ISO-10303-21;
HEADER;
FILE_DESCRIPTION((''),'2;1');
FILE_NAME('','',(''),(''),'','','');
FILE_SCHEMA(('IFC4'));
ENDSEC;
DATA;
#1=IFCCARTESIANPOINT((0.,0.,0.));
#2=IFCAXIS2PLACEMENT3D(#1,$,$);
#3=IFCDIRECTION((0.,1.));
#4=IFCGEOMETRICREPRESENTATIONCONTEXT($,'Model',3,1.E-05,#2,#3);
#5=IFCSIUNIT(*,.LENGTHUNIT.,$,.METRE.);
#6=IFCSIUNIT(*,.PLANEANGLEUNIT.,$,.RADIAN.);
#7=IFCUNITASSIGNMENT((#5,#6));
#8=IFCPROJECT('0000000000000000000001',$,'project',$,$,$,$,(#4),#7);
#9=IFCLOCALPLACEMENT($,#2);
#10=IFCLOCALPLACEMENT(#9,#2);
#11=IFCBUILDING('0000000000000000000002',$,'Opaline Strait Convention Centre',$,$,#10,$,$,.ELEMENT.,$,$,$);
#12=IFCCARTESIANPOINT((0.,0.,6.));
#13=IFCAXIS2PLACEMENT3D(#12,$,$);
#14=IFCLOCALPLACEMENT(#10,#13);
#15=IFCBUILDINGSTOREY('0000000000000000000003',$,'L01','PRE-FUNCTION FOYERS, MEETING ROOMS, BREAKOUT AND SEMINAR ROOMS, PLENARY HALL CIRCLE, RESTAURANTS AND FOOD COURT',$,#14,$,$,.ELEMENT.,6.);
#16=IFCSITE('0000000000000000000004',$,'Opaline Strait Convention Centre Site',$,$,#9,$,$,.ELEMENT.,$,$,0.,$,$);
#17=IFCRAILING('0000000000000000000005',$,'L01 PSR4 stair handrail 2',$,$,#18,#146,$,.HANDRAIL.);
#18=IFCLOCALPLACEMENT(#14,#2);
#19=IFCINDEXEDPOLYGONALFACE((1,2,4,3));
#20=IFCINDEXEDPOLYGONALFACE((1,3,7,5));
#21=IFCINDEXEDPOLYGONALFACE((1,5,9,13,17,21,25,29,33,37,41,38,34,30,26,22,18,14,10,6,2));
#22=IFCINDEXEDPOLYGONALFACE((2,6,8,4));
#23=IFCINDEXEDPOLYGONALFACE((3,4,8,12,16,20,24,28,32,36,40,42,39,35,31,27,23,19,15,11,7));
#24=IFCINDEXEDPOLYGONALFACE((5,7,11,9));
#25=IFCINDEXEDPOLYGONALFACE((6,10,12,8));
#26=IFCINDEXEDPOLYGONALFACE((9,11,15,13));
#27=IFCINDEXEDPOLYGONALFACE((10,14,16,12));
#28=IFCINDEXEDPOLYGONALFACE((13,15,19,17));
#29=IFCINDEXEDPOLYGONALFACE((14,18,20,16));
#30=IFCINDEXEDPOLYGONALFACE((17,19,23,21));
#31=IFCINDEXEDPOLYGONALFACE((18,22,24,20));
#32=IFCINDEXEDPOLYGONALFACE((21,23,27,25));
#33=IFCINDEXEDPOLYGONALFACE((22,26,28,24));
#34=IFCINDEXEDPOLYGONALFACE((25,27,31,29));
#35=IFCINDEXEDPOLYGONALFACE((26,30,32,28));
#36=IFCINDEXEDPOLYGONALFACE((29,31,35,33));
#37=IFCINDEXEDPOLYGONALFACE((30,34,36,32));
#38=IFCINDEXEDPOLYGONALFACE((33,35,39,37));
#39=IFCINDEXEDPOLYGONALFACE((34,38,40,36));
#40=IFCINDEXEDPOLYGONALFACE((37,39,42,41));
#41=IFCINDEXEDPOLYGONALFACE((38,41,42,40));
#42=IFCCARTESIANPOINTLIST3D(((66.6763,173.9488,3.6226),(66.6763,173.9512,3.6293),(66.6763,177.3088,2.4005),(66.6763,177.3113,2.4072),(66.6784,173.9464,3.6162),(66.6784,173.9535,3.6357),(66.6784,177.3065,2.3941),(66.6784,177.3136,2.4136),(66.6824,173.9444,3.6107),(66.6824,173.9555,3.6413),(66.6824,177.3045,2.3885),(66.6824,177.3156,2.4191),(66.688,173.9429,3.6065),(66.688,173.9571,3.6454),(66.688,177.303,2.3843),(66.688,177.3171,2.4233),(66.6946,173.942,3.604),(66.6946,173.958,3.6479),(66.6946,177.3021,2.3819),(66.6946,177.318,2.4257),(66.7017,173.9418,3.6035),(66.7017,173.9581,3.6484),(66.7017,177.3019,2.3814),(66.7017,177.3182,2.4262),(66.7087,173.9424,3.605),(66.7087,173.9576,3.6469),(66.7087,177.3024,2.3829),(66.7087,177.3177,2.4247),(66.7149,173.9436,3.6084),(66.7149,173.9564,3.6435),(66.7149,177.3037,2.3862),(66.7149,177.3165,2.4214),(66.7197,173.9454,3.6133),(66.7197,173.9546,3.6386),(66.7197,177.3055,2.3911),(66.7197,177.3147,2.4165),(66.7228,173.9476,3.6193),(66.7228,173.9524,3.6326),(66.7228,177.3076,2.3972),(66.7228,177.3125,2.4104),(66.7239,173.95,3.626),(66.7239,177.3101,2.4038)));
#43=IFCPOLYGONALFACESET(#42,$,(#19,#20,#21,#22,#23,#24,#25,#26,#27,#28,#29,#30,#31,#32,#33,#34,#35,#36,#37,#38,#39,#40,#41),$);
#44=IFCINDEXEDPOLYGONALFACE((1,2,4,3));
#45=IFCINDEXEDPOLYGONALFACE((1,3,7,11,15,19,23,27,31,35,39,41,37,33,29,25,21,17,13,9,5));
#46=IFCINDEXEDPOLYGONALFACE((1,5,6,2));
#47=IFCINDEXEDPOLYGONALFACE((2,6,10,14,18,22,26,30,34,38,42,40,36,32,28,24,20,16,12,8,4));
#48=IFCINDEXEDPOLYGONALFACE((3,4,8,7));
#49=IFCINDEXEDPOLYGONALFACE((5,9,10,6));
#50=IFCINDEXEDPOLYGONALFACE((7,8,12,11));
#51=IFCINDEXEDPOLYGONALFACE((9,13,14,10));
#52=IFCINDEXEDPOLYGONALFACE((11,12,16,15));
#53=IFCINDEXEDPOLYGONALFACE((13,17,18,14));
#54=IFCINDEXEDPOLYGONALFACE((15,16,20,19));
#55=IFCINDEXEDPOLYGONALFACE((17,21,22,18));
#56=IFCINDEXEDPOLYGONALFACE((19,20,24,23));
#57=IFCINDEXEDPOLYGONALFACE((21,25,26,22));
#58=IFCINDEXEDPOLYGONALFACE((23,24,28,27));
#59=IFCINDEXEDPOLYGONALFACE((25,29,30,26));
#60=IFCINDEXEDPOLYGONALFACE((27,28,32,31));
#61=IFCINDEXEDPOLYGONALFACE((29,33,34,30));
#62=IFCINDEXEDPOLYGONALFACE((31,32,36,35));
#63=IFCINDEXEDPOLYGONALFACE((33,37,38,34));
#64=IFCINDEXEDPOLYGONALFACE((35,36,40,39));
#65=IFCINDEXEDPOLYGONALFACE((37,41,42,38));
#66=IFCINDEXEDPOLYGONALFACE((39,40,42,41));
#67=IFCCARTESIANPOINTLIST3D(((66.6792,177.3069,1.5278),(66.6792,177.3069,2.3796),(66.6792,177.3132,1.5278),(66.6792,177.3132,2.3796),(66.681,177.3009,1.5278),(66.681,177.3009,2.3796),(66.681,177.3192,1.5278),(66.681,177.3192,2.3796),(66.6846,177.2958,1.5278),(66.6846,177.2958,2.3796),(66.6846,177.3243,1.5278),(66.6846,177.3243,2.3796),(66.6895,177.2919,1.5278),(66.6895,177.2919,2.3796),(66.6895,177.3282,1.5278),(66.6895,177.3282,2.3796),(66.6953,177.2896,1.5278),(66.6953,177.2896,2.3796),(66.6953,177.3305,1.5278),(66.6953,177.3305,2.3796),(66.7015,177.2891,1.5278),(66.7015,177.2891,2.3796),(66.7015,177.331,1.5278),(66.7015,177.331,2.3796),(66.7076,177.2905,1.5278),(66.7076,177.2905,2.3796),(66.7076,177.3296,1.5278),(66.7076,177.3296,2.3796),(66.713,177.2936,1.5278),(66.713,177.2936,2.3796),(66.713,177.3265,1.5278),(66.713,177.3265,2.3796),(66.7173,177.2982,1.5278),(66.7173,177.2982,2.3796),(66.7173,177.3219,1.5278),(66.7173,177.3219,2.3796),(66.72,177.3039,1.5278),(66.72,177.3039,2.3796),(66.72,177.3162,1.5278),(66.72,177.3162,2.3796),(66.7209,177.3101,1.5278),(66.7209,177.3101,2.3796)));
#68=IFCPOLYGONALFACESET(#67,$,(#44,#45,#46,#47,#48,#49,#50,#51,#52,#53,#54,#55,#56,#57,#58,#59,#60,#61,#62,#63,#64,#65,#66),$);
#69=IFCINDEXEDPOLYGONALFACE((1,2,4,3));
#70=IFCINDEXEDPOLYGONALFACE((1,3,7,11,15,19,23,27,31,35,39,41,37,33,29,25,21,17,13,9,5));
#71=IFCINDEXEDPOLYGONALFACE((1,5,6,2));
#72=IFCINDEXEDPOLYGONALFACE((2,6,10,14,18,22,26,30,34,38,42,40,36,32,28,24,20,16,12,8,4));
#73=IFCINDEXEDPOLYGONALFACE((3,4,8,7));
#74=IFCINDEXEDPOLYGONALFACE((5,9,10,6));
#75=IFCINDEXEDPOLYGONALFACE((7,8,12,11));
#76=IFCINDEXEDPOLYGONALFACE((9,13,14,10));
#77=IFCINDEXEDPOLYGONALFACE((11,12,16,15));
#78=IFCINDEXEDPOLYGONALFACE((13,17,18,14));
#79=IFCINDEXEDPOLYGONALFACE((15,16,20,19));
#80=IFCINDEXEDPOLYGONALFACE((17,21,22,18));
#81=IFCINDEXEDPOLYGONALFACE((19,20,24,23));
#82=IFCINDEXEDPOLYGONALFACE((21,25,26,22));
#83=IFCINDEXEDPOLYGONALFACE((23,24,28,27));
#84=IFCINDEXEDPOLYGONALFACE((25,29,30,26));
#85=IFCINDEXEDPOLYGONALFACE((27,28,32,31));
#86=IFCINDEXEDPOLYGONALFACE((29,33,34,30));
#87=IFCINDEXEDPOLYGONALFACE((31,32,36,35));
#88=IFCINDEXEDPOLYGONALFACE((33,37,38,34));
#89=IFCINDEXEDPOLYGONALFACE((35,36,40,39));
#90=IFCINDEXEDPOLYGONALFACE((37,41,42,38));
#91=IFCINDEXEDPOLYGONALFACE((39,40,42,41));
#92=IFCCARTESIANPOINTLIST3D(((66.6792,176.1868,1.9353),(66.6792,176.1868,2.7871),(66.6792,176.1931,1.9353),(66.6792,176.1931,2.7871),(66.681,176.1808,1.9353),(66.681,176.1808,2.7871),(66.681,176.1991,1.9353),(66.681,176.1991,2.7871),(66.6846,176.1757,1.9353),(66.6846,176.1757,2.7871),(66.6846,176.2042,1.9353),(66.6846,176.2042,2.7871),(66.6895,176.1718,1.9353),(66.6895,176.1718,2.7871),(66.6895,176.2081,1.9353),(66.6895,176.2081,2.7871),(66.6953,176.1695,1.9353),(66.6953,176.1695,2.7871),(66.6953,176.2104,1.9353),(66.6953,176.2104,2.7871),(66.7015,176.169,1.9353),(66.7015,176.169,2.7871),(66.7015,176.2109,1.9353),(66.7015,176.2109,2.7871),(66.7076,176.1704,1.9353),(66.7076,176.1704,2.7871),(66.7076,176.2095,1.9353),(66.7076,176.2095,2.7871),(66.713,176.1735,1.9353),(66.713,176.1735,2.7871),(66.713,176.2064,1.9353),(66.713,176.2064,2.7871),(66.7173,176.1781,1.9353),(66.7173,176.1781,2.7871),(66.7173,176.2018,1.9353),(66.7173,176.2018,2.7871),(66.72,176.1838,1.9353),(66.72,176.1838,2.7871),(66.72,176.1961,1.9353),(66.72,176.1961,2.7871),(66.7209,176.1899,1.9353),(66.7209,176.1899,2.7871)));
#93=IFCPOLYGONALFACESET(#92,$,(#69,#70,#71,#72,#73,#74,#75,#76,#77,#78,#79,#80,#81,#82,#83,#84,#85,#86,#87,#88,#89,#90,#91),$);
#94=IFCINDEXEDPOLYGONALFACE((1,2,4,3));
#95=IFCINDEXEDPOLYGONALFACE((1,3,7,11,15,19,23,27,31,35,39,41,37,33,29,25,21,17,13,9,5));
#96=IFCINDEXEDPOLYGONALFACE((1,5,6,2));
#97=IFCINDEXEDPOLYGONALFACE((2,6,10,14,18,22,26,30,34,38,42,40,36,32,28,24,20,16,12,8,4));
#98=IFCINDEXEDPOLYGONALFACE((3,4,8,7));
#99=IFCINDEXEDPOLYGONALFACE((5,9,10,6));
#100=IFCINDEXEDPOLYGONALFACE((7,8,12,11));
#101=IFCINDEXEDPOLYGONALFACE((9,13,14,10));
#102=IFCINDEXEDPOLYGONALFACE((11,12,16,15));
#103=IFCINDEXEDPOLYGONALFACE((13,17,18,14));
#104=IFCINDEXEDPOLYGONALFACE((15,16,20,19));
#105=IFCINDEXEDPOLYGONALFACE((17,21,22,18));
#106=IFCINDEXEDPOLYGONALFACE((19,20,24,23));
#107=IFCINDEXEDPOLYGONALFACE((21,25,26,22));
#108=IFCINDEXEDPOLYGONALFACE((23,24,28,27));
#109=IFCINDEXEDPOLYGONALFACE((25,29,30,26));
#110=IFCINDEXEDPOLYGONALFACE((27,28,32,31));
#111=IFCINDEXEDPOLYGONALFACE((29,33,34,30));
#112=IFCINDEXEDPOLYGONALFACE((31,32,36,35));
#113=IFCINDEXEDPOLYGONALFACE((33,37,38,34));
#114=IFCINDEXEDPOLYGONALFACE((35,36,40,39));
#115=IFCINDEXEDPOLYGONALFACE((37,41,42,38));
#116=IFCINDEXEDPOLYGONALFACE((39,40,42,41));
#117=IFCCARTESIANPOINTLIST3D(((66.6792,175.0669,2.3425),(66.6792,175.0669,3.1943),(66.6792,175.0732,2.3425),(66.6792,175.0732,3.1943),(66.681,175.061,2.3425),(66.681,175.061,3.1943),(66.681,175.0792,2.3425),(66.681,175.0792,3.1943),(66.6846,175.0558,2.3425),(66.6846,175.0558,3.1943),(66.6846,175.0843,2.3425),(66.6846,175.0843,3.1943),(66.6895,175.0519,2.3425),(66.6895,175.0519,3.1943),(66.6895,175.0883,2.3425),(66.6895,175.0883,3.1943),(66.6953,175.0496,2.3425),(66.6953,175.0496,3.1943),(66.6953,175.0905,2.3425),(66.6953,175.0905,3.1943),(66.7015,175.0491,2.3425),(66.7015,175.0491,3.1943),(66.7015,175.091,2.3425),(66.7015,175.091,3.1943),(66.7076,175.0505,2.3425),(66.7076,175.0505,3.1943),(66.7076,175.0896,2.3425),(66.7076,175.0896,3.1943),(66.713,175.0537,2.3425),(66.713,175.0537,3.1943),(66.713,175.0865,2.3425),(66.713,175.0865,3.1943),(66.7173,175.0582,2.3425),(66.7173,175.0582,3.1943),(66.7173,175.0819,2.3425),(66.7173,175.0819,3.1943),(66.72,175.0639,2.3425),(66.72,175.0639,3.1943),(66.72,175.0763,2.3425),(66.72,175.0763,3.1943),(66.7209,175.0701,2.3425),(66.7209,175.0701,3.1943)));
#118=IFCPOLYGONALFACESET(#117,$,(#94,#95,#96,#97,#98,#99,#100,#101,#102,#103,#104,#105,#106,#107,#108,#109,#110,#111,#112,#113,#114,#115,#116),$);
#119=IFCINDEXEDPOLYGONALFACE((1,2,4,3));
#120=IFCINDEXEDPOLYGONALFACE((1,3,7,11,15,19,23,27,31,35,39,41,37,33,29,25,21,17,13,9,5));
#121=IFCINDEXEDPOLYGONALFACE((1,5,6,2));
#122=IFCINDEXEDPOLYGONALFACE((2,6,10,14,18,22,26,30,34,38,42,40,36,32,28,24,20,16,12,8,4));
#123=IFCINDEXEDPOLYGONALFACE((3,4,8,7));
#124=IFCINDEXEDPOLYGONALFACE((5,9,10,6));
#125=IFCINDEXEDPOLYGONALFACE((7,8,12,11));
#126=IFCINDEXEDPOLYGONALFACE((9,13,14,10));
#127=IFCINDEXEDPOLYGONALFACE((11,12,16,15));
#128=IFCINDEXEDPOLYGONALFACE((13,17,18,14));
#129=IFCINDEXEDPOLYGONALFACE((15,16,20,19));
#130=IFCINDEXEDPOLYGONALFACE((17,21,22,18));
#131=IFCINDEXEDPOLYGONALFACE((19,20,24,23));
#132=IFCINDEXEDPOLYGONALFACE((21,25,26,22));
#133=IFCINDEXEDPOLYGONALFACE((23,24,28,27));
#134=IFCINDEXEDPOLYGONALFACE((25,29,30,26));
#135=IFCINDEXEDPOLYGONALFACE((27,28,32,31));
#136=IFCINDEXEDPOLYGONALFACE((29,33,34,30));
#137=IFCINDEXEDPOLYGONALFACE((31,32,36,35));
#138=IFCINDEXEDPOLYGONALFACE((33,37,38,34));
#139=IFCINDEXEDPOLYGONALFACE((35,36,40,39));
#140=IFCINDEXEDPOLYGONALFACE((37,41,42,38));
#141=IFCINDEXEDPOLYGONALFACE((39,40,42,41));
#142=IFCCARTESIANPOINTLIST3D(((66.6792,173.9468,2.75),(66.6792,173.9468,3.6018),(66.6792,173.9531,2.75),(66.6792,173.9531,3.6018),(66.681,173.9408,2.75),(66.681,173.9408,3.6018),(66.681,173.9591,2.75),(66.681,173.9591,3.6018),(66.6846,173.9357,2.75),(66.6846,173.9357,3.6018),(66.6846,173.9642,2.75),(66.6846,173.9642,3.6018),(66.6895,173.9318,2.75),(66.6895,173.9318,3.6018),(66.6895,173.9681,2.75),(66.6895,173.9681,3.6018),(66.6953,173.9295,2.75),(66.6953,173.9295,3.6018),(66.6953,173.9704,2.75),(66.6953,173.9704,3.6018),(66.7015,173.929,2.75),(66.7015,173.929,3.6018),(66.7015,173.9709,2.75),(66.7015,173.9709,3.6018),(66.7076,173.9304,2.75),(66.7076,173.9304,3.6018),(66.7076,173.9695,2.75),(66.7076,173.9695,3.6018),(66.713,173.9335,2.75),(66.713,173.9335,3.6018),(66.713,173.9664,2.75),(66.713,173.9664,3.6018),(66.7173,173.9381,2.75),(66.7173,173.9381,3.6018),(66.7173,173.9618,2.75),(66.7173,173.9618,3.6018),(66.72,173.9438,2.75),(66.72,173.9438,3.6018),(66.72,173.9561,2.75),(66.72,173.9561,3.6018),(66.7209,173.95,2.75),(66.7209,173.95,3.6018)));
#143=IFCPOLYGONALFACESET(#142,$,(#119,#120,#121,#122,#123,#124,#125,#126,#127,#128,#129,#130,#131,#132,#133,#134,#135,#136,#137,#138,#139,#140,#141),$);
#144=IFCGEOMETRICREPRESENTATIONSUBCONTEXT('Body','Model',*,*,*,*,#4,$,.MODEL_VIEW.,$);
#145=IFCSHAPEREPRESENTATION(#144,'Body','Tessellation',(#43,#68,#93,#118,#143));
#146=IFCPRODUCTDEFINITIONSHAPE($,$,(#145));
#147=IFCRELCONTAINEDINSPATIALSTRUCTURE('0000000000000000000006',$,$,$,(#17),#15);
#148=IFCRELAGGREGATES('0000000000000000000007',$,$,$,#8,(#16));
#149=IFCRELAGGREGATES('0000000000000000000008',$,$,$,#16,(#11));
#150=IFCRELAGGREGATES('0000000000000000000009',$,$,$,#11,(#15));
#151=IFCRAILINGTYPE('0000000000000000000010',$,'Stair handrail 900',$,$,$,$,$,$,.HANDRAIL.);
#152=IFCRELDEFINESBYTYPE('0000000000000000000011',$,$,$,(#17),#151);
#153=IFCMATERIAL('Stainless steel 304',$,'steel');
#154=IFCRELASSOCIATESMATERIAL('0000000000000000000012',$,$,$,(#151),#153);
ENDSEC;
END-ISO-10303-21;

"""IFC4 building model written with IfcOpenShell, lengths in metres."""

from ifc_helpers import new_model, si_unit, direction, frame, origin, origin_2d, place, context, subcontext, project, spatial, circle, extrude, material, type_object, element, save


model = new_model("IFC4")

# Units and contexts
model_context = context("Model", 3, precision=1e-05, world=origin(), true_north=direction((0.0, 1.0)))
body_context = subcontext(model_context, "Body", "Model", "MODEL_VIEW")
ifc_project = project(units=[si_unit("LENGTHUNIT", "METRE"), si_unit("PLANEANGLEUNIT", "RADIAN")], contexts=[model_context])

# Site, building, storey
site_placement = place(None, origin())
site = spatial("IfcSite", under=ifc_project, at=site_placement, Name="Opaline Strait Convention Centre Site", CompositionType="ELEMENT", RefElevation=0.0)
building_placement = place(site_placement, origin())
building = spatial("IfcBuilding", under=site, at=building_placement, Name="Opaline Strait Convention Centre", CompositionType="ELEMENT")
storey_placement = place(building_placement, frame((0.0, 0.0, 6.0)))
storey = spatial("IfcBuildingStorey", under=building, at=storey_placement, Name="L01", Description="PRE-FUNCTION FOYERS, MEETING ROOMS, BREAKOUT AND SEMINAR ROOMS, PLENARY HALL CIRCLE, RESTAURANTS AND FOOD COURT", CompositionType="ELEMENT", Elevation=6.0)

# Shared definitions
ifc_material_1 = material(Name="Stainless steel 304", Category="steel")

# Railing
railing_type_1 = type_object("IfcRailingType", Name="Stair handrail 900", PredefinedType="HANDRAIL", material=ifc_material_1)
for number, where, name in (
    (1, (66.7, 177.3101, 1.5278), "L01 PSR4 stair handrail 2"),
):
    element("IfcRailing", number, at=place(storey_placement, frame(where)), inside=storey, type_object=railing_type_1, Name=name, PredefinedType="HANDRAIL", context=body_context, shape_type="SweptSolid", body=[
        extrude(circle(Radius=0.0239, at=origin_2d()), frame((0.0, 0.0, 0.876), z_axis=(0.0, -0.939766, 0.34182), x_axis=(1.0, 0.0, 0.0)), (0.0, 0.0, 1.0), 3.5754),
        extrude(circle(Radius=0.021, at=origin_2d()), origin(), (0.0, 0.0, 1.0), 0.8518),
        extrude(circle(Radius=0.021, at=origin_2d()), frame((0.0, -1.1201, 0.4075)), (0.0, 0.0, 1.0), 0.8518),
        extrude(circle(Radius=0.021, at=origin_2d()), frame((0.0, -2.24, 0.8147)), (0.0, 0.0, 1.0), 0.8518),
        extrude(circle(Radius=0.021, at=origin_2d()), frame((0.0, -3.3601, 1.2222)), (0.0, 0.0, 1.0), 0.8518),
    ])

save(model, "model.ifc")
